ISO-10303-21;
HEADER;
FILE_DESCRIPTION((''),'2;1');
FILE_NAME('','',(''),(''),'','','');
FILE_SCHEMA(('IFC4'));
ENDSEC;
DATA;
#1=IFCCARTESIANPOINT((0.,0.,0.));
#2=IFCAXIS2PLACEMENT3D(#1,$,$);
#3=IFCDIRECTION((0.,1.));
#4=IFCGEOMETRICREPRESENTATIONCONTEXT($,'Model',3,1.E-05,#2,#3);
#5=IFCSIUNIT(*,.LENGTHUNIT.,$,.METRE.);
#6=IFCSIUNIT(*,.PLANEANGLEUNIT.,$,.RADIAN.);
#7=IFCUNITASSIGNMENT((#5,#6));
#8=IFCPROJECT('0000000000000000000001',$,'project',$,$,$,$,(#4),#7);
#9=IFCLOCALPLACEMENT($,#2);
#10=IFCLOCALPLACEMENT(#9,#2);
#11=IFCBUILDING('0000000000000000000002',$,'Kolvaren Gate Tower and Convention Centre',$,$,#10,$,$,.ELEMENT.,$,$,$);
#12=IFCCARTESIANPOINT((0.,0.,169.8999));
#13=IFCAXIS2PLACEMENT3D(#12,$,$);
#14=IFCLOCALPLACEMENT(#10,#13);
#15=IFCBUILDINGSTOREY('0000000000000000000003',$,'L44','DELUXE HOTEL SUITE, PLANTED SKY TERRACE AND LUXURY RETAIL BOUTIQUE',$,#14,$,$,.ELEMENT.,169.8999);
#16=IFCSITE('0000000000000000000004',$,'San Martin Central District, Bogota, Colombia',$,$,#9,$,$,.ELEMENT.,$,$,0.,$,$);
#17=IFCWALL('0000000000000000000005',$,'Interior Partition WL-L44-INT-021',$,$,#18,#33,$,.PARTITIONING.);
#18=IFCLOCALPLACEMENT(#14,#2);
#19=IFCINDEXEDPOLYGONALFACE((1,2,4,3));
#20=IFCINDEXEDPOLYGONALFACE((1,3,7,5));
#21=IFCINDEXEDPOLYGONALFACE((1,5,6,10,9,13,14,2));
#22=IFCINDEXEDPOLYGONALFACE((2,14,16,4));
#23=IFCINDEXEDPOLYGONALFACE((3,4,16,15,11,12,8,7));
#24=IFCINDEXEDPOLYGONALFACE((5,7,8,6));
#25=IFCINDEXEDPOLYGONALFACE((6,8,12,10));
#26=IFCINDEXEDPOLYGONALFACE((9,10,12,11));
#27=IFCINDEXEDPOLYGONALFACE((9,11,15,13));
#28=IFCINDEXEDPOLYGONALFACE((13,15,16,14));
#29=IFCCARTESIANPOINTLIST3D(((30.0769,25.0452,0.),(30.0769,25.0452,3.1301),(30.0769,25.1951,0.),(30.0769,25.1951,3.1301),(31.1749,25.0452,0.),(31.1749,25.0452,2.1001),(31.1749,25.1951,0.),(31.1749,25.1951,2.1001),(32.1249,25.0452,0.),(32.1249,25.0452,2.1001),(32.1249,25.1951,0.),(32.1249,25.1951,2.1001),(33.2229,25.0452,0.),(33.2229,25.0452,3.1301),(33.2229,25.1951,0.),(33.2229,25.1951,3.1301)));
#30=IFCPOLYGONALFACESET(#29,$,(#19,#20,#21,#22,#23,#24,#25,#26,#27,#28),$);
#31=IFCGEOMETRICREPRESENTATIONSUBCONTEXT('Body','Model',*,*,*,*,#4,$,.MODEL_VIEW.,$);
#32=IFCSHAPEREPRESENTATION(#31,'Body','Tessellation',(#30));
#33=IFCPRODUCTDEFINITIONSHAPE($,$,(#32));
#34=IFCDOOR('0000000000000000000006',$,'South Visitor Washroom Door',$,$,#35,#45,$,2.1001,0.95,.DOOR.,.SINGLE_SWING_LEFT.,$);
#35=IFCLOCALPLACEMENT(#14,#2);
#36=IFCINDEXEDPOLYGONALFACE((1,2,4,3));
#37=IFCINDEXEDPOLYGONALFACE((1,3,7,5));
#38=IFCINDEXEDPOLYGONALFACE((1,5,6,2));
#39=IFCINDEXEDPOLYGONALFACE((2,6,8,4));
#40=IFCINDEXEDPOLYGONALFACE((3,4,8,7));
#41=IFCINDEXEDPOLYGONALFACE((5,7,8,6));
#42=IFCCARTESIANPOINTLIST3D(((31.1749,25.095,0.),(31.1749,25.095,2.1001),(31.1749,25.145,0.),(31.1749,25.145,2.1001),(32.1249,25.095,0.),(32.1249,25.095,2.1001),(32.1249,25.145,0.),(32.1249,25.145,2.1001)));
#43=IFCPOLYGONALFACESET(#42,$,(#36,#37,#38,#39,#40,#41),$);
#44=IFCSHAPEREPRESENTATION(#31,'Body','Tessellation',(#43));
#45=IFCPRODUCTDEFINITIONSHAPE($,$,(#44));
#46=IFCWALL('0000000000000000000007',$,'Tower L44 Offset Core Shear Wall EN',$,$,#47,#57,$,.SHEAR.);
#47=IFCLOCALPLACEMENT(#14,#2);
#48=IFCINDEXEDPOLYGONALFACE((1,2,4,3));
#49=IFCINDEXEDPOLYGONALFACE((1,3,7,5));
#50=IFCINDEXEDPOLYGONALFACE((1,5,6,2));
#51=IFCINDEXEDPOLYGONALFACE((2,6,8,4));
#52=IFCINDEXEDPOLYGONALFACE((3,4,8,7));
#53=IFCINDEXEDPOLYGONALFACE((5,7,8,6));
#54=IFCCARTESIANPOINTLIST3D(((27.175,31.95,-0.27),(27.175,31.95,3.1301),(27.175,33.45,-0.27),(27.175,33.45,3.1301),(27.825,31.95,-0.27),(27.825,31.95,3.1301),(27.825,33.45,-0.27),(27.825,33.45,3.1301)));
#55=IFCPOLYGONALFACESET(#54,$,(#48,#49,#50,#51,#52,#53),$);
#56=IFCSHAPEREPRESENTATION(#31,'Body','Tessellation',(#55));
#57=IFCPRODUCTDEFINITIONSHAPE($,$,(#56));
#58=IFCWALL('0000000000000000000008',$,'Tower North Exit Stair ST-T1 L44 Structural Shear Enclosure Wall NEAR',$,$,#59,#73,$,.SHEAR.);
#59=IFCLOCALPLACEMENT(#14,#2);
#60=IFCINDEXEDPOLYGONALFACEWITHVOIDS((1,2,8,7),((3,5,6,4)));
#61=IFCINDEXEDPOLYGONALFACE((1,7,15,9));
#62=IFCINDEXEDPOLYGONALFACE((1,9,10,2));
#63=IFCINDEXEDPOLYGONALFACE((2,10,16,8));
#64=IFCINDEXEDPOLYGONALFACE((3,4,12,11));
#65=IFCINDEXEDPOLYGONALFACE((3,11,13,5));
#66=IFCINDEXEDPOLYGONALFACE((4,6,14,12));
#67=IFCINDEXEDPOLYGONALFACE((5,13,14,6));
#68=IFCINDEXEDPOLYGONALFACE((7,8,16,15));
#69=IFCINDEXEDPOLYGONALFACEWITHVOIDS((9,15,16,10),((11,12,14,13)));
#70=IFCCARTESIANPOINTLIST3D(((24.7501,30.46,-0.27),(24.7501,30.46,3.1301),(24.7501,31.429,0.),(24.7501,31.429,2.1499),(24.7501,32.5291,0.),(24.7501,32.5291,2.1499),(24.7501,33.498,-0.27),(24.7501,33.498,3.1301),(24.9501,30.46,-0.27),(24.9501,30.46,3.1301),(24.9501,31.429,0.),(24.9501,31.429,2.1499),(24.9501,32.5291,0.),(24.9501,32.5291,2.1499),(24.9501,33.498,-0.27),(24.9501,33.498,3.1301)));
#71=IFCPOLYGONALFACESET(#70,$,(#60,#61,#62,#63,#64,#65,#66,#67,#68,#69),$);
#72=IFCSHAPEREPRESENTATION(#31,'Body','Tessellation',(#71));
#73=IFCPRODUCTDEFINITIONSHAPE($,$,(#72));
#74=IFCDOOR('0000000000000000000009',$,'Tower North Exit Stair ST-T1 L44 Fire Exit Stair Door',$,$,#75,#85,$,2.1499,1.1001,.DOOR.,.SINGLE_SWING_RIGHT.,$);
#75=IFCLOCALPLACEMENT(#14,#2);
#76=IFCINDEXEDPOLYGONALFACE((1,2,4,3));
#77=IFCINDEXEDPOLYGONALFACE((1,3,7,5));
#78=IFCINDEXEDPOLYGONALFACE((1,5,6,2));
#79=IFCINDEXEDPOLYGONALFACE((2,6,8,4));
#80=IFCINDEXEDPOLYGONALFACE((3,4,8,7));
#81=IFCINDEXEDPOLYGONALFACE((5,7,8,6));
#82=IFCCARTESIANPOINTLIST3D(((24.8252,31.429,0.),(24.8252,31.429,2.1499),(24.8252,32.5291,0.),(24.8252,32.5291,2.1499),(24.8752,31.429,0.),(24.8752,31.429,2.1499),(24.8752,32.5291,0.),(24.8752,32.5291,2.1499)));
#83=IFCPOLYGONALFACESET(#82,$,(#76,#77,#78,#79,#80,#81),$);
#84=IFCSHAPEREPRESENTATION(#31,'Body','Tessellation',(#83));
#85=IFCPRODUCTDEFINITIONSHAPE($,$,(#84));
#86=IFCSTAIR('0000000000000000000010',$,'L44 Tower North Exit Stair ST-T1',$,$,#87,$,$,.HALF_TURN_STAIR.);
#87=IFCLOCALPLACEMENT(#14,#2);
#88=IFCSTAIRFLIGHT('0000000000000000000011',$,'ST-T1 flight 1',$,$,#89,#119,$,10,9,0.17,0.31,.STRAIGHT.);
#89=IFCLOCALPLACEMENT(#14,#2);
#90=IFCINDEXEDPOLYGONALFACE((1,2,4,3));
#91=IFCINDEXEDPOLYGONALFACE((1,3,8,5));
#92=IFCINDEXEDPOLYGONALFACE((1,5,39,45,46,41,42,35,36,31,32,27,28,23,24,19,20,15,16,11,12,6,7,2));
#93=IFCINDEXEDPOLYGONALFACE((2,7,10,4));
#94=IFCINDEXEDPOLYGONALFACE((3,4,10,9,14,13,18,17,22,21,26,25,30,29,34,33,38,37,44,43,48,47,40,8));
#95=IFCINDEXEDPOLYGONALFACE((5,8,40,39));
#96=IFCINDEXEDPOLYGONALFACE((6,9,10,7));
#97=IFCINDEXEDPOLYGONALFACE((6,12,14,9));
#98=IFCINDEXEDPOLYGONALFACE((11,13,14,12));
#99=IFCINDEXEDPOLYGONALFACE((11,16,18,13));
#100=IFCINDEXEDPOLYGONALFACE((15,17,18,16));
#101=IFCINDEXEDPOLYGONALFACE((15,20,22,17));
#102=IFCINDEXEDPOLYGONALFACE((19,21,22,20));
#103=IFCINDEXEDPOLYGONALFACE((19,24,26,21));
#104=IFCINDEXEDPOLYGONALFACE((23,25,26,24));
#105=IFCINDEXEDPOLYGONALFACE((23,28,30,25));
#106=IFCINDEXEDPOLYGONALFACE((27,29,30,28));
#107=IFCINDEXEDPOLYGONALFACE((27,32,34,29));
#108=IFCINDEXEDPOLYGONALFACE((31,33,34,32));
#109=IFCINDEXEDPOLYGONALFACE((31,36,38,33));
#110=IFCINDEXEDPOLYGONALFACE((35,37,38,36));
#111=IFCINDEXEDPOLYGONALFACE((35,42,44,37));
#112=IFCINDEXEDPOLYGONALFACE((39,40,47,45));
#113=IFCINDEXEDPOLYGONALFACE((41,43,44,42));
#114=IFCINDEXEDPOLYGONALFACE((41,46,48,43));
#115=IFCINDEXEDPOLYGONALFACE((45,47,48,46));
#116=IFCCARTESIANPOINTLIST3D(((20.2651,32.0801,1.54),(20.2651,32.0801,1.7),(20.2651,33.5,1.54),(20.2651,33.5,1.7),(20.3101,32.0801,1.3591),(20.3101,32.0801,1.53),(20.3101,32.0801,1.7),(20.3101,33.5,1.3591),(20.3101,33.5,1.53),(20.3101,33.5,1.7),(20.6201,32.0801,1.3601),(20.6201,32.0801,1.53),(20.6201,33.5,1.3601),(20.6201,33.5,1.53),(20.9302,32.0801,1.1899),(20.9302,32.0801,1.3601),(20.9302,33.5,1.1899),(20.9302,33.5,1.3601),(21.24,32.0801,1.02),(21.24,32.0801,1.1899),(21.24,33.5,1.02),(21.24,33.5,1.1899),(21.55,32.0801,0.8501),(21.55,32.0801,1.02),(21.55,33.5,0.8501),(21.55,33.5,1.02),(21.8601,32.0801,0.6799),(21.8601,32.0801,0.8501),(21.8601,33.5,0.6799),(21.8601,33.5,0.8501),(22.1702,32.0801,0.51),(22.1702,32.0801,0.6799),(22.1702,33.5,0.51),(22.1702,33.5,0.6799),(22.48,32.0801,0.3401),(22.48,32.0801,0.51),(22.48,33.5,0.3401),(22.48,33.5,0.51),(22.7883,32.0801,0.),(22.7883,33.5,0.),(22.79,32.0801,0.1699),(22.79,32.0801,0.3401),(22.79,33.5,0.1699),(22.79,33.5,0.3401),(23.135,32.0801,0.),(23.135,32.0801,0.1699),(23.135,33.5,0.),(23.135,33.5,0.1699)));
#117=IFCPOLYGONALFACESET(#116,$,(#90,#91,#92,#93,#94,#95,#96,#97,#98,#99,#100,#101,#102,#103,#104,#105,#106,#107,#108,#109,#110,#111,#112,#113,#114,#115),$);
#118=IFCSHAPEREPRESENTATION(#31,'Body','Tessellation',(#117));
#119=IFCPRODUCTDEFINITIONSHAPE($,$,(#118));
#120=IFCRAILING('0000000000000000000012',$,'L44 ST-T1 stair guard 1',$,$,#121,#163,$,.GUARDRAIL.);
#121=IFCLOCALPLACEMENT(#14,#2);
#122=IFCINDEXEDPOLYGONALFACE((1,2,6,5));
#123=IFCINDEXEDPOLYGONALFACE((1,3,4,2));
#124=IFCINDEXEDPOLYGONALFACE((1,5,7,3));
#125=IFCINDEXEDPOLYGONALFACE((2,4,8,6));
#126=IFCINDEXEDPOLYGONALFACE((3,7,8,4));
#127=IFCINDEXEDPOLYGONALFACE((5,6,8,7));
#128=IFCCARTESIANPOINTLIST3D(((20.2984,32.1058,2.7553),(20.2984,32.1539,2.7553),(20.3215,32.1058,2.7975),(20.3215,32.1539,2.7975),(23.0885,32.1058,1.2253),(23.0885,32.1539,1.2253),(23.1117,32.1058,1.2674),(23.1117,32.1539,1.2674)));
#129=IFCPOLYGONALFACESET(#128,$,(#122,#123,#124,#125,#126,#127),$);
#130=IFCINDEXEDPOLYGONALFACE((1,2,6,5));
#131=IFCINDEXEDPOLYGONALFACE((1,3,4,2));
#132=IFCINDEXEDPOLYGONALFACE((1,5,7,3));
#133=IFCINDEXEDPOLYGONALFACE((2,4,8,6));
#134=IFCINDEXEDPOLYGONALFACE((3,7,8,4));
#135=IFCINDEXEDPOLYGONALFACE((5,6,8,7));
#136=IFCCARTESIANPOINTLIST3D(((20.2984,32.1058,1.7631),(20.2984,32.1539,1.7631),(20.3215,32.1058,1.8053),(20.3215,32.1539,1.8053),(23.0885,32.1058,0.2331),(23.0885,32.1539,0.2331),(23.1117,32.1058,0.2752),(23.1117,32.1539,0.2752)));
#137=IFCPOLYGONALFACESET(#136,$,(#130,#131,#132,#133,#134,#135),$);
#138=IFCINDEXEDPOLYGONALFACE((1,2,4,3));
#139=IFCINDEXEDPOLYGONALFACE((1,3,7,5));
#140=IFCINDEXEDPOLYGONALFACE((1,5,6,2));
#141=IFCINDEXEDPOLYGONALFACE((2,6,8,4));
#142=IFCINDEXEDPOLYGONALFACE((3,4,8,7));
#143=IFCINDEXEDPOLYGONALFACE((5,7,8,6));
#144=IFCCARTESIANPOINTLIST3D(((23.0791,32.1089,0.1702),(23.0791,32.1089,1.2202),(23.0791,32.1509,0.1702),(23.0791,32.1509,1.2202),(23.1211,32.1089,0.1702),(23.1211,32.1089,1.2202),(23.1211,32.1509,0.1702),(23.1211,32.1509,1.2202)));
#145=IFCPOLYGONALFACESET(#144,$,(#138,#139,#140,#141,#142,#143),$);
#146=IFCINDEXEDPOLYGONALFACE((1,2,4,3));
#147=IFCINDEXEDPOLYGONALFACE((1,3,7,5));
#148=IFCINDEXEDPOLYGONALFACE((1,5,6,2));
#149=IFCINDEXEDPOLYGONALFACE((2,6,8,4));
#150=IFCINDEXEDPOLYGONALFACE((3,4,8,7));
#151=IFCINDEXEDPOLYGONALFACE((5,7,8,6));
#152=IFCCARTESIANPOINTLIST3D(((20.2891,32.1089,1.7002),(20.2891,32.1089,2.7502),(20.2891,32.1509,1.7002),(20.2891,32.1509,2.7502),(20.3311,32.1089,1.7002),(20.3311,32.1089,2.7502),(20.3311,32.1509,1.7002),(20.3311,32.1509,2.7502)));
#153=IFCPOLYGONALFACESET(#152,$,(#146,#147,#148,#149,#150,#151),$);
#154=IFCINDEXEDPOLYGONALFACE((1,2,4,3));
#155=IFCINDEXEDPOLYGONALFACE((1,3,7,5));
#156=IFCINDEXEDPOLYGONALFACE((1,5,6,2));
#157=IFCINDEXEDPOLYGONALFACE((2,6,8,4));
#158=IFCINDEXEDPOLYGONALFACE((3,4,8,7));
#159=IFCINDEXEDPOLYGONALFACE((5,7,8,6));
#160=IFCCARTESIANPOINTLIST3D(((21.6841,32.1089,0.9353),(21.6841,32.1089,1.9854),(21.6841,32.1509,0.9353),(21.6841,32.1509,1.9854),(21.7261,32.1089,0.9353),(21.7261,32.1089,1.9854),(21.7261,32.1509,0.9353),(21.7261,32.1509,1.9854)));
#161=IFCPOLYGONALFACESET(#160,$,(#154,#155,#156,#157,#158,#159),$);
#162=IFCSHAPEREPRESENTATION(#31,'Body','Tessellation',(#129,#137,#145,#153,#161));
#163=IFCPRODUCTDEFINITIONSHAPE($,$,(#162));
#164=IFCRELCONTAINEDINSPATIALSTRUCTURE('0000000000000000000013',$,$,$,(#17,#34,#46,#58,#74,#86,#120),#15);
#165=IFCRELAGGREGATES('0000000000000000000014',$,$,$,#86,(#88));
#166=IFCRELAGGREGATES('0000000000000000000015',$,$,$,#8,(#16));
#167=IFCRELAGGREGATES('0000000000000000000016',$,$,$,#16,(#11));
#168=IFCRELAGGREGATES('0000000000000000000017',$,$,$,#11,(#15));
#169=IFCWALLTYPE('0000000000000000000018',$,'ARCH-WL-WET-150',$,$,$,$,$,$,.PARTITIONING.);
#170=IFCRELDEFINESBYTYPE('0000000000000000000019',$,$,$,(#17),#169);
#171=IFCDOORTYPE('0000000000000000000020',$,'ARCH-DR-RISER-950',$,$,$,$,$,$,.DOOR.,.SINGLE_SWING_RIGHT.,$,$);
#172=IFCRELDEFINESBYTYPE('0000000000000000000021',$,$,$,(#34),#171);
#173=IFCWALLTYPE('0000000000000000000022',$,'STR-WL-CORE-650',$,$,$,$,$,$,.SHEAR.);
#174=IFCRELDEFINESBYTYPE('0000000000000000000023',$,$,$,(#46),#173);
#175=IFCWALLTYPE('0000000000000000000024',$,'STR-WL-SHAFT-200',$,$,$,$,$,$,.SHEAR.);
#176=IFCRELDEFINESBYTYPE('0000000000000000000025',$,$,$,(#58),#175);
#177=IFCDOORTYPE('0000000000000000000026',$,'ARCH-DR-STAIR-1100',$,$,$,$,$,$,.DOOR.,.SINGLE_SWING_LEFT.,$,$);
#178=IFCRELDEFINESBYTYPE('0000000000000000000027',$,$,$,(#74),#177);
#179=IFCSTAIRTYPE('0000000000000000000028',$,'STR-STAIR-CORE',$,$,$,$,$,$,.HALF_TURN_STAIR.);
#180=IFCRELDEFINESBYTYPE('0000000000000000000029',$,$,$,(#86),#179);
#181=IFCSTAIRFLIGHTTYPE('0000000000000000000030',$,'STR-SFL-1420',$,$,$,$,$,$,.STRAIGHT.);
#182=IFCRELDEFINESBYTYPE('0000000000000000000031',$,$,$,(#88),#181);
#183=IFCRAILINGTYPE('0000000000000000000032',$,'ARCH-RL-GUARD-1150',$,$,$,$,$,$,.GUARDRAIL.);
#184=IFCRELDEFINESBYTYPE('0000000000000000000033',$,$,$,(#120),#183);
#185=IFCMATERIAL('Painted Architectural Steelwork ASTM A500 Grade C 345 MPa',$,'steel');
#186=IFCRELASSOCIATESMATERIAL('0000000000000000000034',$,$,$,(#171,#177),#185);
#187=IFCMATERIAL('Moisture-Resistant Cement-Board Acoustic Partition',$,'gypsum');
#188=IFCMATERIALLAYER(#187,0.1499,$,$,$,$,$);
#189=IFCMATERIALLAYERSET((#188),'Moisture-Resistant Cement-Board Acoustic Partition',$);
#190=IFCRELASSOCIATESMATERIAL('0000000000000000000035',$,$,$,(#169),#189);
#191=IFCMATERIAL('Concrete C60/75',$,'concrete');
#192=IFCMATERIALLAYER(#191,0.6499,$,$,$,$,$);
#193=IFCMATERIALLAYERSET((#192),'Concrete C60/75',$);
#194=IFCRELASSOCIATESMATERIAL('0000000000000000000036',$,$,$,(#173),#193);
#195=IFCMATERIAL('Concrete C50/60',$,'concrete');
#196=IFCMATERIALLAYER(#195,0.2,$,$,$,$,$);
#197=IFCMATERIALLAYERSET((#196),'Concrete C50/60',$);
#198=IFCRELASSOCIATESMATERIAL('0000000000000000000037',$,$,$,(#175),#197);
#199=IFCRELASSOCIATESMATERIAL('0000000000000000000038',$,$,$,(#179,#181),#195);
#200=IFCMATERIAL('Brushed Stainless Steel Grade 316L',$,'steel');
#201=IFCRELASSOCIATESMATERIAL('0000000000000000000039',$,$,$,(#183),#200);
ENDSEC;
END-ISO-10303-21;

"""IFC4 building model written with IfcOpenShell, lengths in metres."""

from ifc_helpers import new_model, si_unit, direction, frame, frame_2d, origin, origin_2d, place, context, subcontext, project, spatial, polyline, rectangle, outline, extrude, material, layer, layer_set, type_object, element, fill, aggregate, save


model = new_model("IFC4")

# Units and contexts
model_context = context("Model", 3, precision=1e-05, world=origin(), true_north=direction((0.0, 1.0)))
body_context = subcontext(model_context, "Body", "Model", "MODEL_VIEW")
ifc_project = project(units=[si_unit("LENGTHUNIT", "METRE"), si_unit("PLANEANGLEUNIT", "RADIAN")], contexts=[model_context])

# Site, building, storey
site_placement = place(None, origin())
site = spatial("IfcSite", under=ifc_project, at=site_placement, Name="San Martin Central District, Bogota, Colombia", CompositionType="ELEMENT", RefElevation=0.0)
building_placement = place(site_placement, origin())
building = spatial("IfcBuilding", under=site, at=building_placement, Name="Kolvaren Gate Tower and Convention Centre", CompositionType="ELEMENT")
storey_placement = place(building_placement, frame((0.0, 0.0, 169.8999)))
storey = spatial("IfcBuildingStorey", under=building, at=storey_placement, Name="L44", Description="DELUXE HOTEL SUITE, PLANTED SKY TERRACE AND LUXURY RETAIL BOUTIQUE", CompositionType="ELEMENT", Elevation=169.8999)

# Shared definitions
ifc_material_1 = material(Name="Painted Architectural Steelwork ASTM A500 Grade C 345 MPa", Category="steel")
door_type_1 = type_object("IfcDoorType", Name="ARCH-DR-RISER-950", OperationType="SINGLE_SWING_RIGHT", PredefinedType="DOOR", material=ifc_material_1)

# Shared definitions
ifc_material_2 = material(Name="Brushed Stainless Steel Grade 316L", Category="steel")

# Shared definitions
ifc_material_3 = material(Name="Moisture-Resistant Cement-Board Acoustic Partition", Category="gypsum")
ifc_layer_1 = layer(ifc_material_3, 0.1499)
ifc_layer_set_1 = layer_set([ifc_layer_1], Name="Moisture-Resistant Cement-Board Acoustic Partition")
wall_type_1 = type_object("IfcWallType", Name="ARCH-WL-WET-150", PredefinedType="PARTITIONING", material=ifc_layer_set_1)

# Wall, opening, door
wall_1_placement = place(storey_placement, frame((30.0769, 25.1201, 0.0), z_axis=(0.0, 0.0, 1.0), x_axis=(1.0, 0.0, 0.0)))
wall_1 = element("IfcWall", 1, at=wall_1_placement, inside=storey, type_object=wall_type_1, Name="Interior Partition WL-L44-INT-021", PredefinedType="PARTITIONING", context=body_context, shape_type="SweptSolid", body=[
    extrude(rectangle(XDim=3.146, YDim=0.1499, at=frame_2d((1.573, 0.0))), origin(), (0.0, 0.0, 1.0), 3.1301),
])
opening_1_placement = place(wall_1_placement, frame((1.0979, 0.0, 0.0)))
opening_1 = element("IfcOpeningElement", 2, at=opening_1_placement, cuts=wall_1, PredefinedType="OPENING", context=body_context, shape_type="SweptSolid", body=[
    extrude(rectangle(XDim=0.95, YDim=2.1001, at=frame_2d((0.4751, 1.05))), frame((0.0, 0.085, 0.0), z_axis=(0.0, -1.0, 0.0), x_axis=(1.0, 0.0, 0.0)), (0.0, 0.0, 1.0), 0.1699),
])
door_1_placement = place(opening_1_placement, origin())
door_1 = element("IfcDoor", 3, at=door_1_placement, inside=storey, type_object=door_type_1, Name="South Visitor Washroom Door", OperationType="SINGLE_SWING_LEFT", OverallHeight=2.1001, OverallWidth=0.95, PredefinedType="DOOR", context=body_context, shape_type="SweptSolid", body=[
    extrude(rectangle(XDim=0.95, YDim=2.1001, at=frame_2d((0.4751, 1.05))), frame((0.0, 0.0249, 0.0), z_axis=(0.0, -1.0, 0.0), x_axis=(1.0, 0.0, 0.0)), (0.0, 0.0, 1.0), 0.05),
])
fill(opening_1, door_1)

# Wall
ifc_material_4 = material(Name="Concrete C60/75", Category="concrete")
ifc_layer_2 = layer(ifc_material_4, 0.6499)
ifc_layer_set_2 = layer_set([ifc_layer_2], Name="Concrete C60/75")
wall_type_2 = type_object("IfcWallType", Name="STR-WL-CORE-650", PredefinedType="SHEAR", material=ifc_layer_set_2)
wall_2_placement = place(storey_placement, frame((27.5, 31.95, -0.27), z_axis=(0.0, 0.0, 1.0), x_axis=(0.0, 1.0, 0.0)))
element("IfcWall", 4, at=wall_2_placement, inside=storey, type_object=wall_type_2, Name="Tower L44 Offset Core Shear Wall EN", PredefinedType="SHEAR", context=body_context, shape_type="SweptSolid", body=[
    extrude(rectangle(XDim=1.5, YDim=0.6499, at=frame_2d((0.75, 0.0))), origin(), (0.0, 0.0, 1.0), 3.4001),
])

# Wall, opening, door
ifc_material_5 = material(Name="Concrete C50/60", Category="concrete")
ifc_layer_3 = layer(ifc_material_5, 0.2)
ifc_layer_set_3 = layer_set([ifc_layer_3], Name="Concrete C50/60")
wall_type_3 = type_object("IfcWallType", Name="STR-WL-SHAFT-200", PredefinedType="SHEAR", material=ifc_layer_set_3)
wall_3_placement = place(storey_placement, frame((24.8501, 30.46, -0.27), z_axis=(0.0, 0.0, 1.0), x_axis=(0.0, 1.0, 0.0)))
wall_3 = element("IfcWall", 5, at=wall_3_placement, inside=storey, type_object=wall_type_3, Name="Tower North Exit Stair ST-T1 L44 Structural Shear Enclosure Wall NEAR", PredefinedType="SHEAR", context=body_context, shape_type="SweptSolid", body=[
    extrude(rectangle(XDim=3.0381, YDim=0.2, at=frame_2d((1.519, 0.0))), origin(), (0.0, 0.0, 1.0), 3.4001),
])
opening_2_placement = place(wall_3_placement, frame((0.969, 0.0, 0.27)))
opening_2 = element("IfcOpeningElement", 6, at=opening_2_placement, cuts=wall_3, PredefinedType="OPENING", context=body_context, shape_type="SweptSolid", body=[
    extrude(rectangle(XDim=1.1001, YDim=2.1499, at=frame_2d((0.55, 1.075))), frame((0.0, 0.1099, 0.0), z_axis=(0.0, -1.0, 0.0), x_axis=(1.0, 0.0, 0.0)), (0.0, 0.0, 1.0), 0.22),
])
door_type_2 = type_object("IfcDoorType", Name="ARCH-DR-STAIR-1100", OperationType="SINGLE_SWING_LEFT", PredefinedType="DOOR", material=ifc_material_1)
door_2_placement = place(opening_2_placement, origin())
door_2 = element("IfcDoor", 7, at=door_2_placement, inside=storey, type_object=door_type_2, Name="Tower North Exit Stair ST-T1 L44 Fire Exit Stair Door", OperationType="SINGLE_SWING_RIGHT", OverallHeight=2.1499, OverallWidth=1.1001, PredefinedType="DOOR", context=body_context, shape_type="SweptSolid", body=[
    extrude(rectangle(XDim=1.1001, YDim=2.1499, at=frame_2d((0.55, 1.075))), frame((0.0, 0.0249, 0.0), z_axis=(0.0, -1.0, 0.0), x_axis=(1.0, 0.0, 0.0)), (0.0, 0.0, 1.0), 0.05),
])
fill(opening_2, door_2)

# Stair, stair flight
stair_type = type_object("IfcStairType", Name="STR-STAIR-CORE", PredefinedType="HALF_TURN_STAIR", material=ifc_material_5)
stair_placement = place(storey_placement, origin())
stair = element("IfcStair", 8, at=stair_placement, inside=storey, type_object=stair_type, Name="L44 Tower North Exit Stair ST-T1", PredefinedType="HALF_TURN_STAIR")
stair_flight_type = type_object("IfcStairFlightType", Name="STR-SFL-1420", PredefinedType="STRAIGHT", material=ifc_material_5)
stair_flight_placement = place(storey_placement, frame((23.1001, 32.79, 0.0), z_axis=(0.0, 0.0, 1.0), x_axis=(-1.0, 0.0, 0.0)))
stair_flight = element("IfcStairFlight", 9, at=stair_flight_placement, type_object=stair_flight_type, Name="ST-T1 flight 1", NumberOfRisers=10, NumberOfTreads=9, PredefinedType="STRAIGHT", RiserHeight=0.17, TreadLength=0.31, context=body_context, shape_type="SweptSolid", body=[
    extrude(outline(polyline([(-0.0349, 0.0), (-0.0349, 0.1699), (0.3101, 0.1699), (0.3101, 0.3401), (0.6201, 0.3401), (0.6201, 0.51), (0.9299, 0.51), (0.9299, 0.6799), (1.24, 0.6799), (1.24, 0.8501), (1.55, 0.8501), (1.55, 1.02), (1.8601, 1.02), (1.8601, 1.1899), (2.1699, 1.1899), (2.1699, 1.3601), (2.48, 1.3601), (2.48, 1.53), (2.79, 1.53), (2.79, 1.7), (2.835, 1.7), (2.835, 1.54), (2.79, 1.3591), (0.3118, 0.0), (-0.0349, 0.0)])), frame((0.0, 0.71, 0.0), z_axis=(0.0, -1.0, 0.0), x_axis=(1.0, 0.0, 0.0)), (0.0, 0.0, 1.0), 1.4199),
])
aggregate(stair, [stair_flight])

# Railing
railing_type_1 = type_object("IfcRailingType", Name="ARCH-RL-GUARD-1150", PredefinedType="GUARDRAIL", material=ifc_material_2)
railing_1_placement = place(storey_placement, frame((23.1001, 32.1299, 0.1702)))
element("IfcRailing", 10, at=railing_1_placement, inside=storey, type_object=railing_type_1, Name="L44 ST-T1 stair guard 1", PredefinedType="GUARDRAIL", context=body_context, shape_type="SweptSolid", body=[
    extrude(rectangle(XDim=0.0481, YDim=0.0481, at=origin_2d()), frame((0.0, 0.0, 1.0762), z_axis=(-0.876811, 0.0, 0.480835), x_axis=(0.0, -1.0, 0.0)), (0.0, 0.0, 1.0), 3.1821),
    extrude(rectangle(XDim=0.0481, YDim=0.0481, at=origin_2d()), frame((0.0, 0.0, 0.084), z_axis=(-0.876811, 0.0, 0.480835), x_axis=(0.0, -1.0, 0.0)), (0.0, 0.0, 1.0), 3.1821),
    extrude(rectangle(XDim=0.042, YDim=0.042, at=origin_2d()), origin(), (0.0, 0.0, 1.0), 1.05),
    extrude(rectangle(XDim=0.042, YDim=0.042, at=origin_2d()), frame((-2.79, 0.0, 1.53)), (0.0, 0.0, 1.0), 1.05),
    extrude(rectangle(XDim=0.042, YDim=0.042, at=origin_2d()), frame((-1.395, 0.0, 0.7651)), (0.0, 0.0, 1.0), 1.05),
])

save(model, "model.ifc")
